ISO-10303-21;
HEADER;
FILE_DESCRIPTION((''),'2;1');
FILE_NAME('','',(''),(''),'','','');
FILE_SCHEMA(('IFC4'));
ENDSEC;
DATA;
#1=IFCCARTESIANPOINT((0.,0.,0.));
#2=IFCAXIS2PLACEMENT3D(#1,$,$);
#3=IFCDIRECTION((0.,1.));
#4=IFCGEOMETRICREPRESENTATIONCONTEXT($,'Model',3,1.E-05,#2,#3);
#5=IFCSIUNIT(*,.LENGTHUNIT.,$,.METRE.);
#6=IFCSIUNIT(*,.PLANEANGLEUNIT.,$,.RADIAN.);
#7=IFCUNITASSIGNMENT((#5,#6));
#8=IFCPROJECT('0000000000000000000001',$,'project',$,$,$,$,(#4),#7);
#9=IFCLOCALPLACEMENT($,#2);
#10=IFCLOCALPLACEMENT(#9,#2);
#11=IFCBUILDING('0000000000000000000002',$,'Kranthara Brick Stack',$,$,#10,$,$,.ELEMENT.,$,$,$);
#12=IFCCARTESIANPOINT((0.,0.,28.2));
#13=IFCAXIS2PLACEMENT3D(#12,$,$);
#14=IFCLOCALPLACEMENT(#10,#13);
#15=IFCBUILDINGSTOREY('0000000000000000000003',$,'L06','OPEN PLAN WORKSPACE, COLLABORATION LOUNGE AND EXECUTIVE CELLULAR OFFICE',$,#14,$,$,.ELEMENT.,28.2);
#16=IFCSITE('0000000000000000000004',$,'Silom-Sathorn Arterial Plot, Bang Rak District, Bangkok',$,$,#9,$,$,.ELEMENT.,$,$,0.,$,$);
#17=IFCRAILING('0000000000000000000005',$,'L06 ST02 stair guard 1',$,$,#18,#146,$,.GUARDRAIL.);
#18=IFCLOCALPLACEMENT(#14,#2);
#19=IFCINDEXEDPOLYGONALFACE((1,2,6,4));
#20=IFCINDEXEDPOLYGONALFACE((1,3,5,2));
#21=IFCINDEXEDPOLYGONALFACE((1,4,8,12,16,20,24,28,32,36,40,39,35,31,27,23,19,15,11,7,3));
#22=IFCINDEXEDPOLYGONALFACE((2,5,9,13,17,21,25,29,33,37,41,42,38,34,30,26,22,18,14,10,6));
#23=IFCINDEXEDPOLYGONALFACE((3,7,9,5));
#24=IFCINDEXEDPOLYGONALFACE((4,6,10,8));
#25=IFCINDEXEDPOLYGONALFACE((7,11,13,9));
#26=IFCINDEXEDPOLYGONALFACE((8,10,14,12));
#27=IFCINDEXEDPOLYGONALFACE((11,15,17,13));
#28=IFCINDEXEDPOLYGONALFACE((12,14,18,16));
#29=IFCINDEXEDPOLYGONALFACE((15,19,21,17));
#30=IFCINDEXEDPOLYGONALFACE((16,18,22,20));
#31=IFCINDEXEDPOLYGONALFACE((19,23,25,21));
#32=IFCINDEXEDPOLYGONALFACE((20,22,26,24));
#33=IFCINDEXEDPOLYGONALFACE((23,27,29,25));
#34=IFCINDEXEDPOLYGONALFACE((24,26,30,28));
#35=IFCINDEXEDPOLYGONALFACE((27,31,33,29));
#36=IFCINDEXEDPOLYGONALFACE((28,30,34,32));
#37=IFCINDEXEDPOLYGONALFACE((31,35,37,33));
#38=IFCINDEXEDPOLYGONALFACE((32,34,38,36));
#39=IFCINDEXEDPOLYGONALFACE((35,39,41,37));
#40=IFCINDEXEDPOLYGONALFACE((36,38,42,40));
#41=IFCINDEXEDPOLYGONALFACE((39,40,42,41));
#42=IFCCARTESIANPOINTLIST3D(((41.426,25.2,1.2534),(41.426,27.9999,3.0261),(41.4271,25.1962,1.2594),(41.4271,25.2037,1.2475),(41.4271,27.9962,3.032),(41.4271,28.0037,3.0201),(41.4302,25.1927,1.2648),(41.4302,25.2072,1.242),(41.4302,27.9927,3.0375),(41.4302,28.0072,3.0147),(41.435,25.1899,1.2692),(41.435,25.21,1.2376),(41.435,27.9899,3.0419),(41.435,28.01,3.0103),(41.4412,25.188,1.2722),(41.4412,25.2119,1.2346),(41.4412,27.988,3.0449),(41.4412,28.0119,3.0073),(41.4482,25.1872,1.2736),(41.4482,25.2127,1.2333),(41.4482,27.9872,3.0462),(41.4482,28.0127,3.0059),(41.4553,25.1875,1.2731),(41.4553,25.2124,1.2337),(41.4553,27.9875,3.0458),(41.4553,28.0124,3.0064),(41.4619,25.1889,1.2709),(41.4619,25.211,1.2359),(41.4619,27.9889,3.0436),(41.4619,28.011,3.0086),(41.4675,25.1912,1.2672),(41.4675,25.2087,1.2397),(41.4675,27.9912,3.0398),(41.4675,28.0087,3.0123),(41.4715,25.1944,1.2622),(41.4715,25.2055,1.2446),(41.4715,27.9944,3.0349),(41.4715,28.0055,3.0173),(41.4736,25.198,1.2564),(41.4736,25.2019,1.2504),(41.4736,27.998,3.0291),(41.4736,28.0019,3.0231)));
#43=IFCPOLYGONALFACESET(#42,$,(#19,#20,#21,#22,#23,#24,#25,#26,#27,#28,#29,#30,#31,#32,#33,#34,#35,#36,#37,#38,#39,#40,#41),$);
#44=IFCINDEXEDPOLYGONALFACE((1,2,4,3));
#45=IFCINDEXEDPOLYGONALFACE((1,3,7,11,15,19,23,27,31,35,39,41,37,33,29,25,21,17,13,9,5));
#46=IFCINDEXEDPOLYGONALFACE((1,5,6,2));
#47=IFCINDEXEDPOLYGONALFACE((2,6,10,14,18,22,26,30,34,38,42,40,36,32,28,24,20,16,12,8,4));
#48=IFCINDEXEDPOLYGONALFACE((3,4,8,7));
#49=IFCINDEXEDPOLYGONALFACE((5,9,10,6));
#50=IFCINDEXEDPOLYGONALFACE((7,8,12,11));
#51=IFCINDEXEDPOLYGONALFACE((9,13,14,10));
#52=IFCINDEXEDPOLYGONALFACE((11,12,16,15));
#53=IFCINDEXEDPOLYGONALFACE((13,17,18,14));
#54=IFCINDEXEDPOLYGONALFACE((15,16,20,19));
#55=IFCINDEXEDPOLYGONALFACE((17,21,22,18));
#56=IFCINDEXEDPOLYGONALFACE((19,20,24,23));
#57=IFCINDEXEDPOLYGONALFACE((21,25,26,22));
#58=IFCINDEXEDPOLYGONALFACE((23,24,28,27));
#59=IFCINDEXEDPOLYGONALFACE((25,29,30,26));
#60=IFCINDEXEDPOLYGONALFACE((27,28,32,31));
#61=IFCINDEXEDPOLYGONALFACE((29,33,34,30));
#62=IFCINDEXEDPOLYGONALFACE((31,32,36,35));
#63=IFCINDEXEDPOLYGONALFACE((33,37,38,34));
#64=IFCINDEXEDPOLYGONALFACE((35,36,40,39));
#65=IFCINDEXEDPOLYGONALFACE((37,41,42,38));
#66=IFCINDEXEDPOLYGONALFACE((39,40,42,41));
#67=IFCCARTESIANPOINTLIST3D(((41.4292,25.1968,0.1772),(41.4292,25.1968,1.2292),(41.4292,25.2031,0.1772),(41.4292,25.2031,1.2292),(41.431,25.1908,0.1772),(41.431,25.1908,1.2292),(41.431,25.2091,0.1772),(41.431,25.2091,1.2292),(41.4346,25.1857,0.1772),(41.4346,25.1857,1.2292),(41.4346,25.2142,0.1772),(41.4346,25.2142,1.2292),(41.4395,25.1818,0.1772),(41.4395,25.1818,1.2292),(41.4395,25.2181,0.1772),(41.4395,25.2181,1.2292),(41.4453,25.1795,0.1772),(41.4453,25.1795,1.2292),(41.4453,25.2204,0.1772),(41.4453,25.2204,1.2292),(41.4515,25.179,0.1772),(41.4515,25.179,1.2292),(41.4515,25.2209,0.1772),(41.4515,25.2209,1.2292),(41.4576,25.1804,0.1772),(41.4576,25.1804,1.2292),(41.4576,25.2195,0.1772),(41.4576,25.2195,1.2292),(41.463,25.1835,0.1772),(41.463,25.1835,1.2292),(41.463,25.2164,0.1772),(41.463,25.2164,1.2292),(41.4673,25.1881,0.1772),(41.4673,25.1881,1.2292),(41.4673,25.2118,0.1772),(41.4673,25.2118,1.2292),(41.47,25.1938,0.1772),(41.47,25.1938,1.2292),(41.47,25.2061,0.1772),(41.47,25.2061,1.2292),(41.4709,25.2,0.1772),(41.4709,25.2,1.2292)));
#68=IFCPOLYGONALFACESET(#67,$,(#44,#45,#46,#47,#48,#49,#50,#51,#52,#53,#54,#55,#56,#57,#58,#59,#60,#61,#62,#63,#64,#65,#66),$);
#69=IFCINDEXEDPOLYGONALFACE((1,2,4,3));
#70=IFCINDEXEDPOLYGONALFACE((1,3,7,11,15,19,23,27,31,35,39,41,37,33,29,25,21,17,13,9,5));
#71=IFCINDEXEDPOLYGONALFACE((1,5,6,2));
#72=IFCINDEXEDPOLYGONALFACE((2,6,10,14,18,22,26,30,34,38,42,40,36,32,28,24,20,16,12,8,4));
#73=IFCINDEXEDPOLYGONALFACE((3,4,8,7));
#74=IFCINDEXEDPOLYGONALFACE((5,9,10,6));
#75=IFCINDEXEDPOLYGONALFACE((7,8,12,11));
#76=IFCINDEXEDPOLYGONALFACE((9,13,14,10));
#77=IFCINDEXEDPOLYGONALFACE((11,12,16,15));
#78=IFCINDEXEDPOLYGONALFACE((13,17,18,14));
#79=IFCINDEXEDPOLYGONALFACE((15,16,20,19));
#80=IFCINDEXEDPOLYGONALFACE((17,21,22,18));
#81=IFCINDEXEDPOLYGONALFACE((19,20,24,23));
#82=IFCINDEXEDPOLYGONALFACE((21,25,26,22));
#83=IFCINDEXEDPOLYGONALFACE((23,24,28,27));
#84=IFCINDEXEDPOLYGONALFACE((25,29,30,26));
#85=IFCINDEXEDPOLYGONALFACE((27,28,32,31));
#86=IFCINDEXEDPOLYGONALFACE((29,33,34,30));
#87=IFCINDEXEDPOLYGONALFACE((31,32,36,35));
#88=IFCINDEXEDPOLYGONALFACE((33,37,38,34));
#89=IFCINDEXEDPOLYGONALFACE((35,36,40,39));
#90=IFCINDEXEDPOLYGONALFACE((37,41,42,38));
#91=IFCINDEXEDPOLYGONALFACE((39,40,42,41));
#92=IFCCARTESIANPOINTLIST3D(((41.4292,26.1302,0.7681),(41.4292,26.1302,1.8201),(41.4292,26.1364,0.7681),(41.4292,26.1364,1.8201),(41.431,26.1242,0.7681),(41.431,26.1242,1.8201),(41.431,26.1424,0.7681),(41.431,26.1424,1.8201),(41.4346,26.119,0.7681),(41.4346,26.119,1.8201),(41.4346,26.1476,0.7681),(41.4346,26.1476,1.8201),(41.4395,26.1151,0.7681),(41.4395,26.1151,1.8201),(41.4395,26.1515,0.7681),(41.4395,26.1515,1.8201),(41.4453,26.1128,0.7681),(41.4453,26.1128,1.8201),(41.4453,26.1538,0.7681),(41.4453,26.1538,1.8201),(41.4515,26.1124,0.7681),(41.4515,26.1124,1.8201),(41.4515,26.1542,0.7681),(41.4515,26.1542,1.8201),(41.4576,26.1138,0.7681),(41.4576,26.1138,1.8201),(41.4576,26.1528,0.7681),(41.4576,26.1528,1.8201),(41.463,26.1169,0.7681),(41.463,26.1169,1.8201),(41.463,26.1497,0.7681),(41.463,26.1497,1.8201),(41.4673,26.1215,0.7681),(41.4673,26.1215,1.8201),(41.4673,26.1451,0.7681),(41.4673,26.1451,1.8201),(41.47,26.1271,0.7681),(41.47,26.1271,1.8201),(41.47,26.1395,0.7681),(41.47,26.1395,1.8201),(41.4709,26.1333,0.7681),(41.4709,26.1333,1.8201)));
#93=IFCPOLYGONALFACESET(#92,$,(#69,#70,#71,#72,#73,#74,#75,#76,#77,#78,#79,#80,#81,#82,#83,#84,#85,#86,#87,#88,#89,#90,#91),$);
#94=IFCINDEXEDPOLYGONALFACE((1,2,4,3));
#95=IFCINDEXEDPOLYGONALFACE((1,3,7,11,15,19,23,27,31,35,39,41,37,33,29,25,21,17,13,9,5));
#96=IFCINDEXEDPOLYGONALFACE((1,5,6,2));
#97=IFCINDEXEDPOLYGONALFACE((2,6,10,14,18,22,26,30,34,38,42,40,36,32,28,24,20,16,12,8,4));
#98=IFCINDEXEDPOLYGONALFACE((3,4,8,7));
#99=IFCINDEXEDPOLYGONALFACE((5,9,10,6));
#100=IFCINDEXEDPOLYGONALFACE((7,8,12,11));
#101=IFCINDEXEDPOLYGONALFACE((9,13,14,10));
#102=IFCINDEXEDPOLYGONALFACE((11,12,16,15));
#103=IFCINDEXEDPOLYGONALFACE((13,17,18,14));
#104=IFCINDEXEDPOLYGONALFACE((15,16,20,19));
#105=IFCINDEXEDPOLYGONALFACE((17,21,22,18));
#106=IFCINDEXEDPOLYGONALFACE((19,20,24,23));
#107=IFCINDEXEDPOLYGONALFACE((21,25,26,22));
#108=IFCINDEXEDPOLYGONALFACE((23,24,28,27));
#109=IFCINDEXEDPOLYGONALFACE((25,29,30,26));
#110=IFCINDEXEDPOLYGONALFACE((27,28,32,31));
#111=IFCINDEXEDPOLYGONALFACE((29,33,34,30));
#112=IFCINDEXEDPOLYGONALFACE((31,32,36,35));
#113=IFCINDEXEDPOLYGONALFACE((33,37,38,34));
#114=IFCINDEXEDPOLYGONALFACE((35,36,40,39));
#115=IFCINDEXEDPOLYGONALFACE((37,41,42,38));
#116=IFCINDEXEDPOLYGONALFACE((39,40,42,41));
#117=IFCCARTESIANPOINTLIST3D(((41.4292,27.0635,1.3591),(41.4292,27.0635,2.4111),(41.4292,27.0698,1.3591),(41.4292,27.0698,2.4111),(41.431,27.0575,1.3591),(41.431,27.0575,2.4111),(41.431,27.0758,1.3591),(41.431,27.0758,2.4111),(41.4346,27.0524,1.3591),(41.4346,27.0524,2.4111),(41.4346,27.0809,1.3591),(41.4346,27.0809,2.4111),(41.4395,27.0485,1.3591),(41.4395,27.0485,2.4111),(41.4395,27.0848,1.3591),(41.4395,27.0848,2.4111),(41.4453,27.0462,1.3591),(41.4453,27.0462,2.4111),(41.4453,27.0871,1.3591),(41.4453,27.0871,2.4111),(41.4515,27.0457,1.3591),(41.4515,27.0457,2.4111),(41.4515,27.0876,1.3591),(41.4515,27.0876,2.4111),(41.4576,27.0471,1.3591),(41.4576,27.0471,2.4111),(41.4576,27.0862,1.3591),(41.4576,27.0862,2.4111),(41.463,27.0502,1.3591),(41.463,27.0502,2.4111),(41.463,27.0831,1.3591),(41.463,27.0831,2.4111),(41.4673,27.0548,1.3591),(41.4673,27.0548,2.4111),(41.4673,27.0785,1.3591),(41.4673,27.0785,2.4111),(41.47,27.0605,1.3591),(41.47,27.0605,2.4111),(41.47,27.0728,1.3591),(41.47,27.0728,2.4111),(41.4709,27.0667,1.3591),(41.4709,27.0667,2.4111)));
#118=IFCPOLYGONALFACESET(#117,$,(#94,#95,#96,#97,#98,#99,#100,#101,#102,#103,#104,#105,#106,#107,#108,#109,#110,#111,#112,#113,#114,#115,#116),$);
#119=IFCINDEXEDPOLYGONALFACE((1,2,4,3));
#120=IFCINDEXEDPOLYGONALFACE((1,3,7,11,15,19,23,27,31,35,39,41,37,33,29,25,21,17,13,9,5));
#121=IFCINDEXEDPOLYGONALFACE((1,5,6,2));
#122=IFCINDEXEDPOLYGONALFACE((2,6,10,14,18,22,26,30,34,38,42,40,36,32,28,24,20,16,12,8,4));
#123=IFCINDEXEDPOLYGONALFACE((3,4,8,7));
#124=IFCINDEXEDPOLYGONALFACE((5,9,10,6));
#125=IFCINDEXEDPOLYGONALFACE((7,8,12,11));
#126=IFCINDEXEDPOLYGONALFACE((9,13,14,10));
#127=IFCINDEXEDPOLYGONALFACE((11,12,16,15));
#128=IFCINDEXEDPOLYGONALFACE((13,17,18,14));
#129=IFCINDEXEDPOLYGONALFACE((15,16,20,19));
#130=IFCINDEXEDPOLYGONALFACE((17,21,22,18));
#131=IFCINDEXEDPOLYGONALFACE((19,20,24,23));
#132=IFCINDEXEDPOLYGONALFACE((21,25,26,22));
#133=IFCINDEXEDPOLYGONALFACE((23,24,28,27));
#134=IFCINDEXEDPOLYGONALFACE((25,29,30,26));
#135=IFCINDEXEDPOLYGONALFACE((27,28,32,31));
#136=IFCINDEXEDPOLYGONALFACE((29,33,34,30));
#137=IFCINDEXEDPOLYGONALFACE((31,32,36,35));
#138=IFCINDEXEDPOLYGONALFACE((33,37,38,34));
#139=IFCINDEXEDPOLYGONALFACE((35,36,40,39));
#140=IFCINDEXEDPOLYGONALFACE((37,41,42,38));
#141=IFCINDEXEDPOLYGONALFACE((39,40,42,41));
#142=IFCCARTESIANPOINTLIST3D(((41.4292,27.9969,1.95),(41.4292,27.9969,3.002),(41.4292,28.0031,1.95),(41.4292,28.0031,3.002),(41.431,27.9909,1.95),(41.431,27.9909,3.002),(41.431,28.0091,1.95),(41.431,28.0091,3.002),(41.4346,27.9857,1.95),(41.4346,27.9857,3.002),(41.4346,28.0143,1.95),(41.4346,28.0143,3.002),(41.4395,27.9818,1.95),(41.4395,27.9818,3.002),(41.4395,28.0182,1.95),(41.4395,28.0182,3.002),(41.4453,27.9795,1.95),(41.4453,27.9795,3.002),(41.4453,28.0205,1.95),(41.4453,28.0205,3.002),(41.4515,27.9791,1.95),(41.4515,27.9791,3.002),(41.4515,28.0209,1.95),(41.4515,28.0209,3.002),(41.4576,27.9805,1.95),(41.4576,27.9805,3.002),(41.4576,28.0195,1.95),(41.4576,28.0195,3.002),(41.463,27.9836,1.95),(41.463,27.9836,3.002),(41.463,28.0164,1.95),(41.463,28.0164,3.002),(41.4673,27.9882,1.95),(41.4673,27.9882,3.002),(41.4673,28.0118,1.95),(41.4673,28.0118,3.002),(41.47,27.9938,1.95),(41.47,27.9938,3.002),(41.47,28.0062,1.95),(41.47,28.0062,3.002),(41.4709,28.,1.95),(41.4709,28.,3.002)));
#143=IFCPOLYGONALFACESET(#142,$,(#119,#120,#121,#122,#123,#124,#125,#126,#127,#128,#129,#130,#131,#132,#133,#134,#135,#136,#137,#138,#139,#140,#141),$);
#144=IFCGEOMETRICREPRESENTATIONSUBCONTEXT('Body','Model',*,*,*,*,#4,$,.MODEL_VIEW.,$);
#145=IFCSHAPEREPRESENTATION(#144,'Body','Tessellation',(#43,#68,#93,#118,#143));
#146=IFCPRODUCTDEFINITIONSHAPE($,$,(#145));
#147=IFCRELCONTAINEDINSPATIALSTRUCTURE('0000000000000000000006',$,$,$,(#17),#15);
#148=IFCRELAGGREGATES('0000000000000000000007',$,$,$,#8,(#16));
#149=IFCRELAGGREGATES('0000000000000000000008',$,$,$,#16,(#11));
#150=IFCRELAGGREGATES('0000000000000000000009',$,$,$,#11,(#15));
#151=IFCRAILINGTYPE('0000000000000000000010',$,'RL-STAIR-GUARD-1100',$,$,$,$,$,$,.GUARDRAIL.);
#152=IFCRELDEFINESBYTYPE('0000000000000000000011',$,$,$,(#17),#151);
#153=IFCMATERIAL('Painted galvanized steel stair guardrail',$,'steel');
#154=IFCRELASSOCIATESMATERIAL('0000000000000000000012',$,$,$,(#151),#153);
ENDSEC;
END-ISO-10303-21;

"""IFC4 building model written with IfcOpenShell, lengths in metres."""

from ifc_helpers import new_model, si_unit, direction, frame, origin, origin_2d, place, context, subcontext, project, spatial, circle, extrude, material, type_object, element, save


model = new_model("IFC4")

# Units and contexts
model_context = context("Model", 3, precision=1e-05, world=origin(), true_north=direction((0.0, 1.0)))
body_context = subcontext(model_context, "Body", "Model", "MODEL_VIEW")
ifc_project = project(units=[si_unit("LENGTHUNIT", "METRE"), si_unit("PLANEANGLEUNIT", "RADIAN")], contexts=[model_context])

# Site, building, storey
site_placement = place(None, origin())
site = spatial("IfcSite", under=ifc_project, at=site_placement, Name="Silom-Sathorn Arterial Plot, Bang Rak District, Bangkok", CompositionType="ELEMENT", RefElevation=0.0)
building_placement = place(site_placement, origin())
building = spatial("IfcBuilding", under=site, at=building_placement, Name="Kranthara Brick Stack", CompositionType="ELEMENT")
storey_placement = place(building_placement, frame((0.0, 0.0, 28.2)))
storey = spatial("IfcBuildingStorey", under=building, at=storey_placement, Name="L06", Description="OPEN PLAN WORKSPACE, COLLABORATION LOUNGE AND EXECUTIVE CELLULAR OFFICE", CompositionType="ELEMENT", Elevation=28.2)

# Railing
ifc_material_1 = material(Name="Painted galvanized steel stair guardrail", Category="steel")
railing_type = type_object("IfcRailingType", Name="RL-STAIR-GUARD-1100", PredefinedType="GUARDRAIL", material=ifc_material_1)
railing_1_placement = place(storey_placement, frame((41.45, 25.2, 0.1772)))
element("IfcRailing", 1, at=railing_1_placement, inside=storey, type_object=railing_type, Name="L06 ST02 stair guard 1", PredefinedType="GUARDRAIL", context=body_context, shape_type="SweptSolid", body=[
    extrude(circle(Radius=0.0239, at=origin_2d()), frame((0.0, 0.0, 1.0762), z_axis=(0.0, 0.844909, 0.53491), x_axis=(-1.0, 0.0, 0.0)), (0.0, 0.0, 1.0), 3.314),
    extrude(circle(Radius=0.021, at=origin_2d()), origin(), (0.0, 0.0, 1.0), 1.052),
    extrude(circle(Radius=0.021, at=origin_2d()), frame((0.0, 0.9333, 0.5908)), (0.0, 0.0, 1.0), 1.052),
    extrude(circle(Radius=0.021, at=origin_2d()), frame((0.0, 1.8667, 1.1819)), (0.0, 0.0, 1.0), 1.052),
    extrude(circle(Radius=0.021, at=origin_2d()), frame((0.0, 2.8, 1.7727)), (0.0, 0.0, 1.0), 1.052),
])

save(model, "model.ifc")
